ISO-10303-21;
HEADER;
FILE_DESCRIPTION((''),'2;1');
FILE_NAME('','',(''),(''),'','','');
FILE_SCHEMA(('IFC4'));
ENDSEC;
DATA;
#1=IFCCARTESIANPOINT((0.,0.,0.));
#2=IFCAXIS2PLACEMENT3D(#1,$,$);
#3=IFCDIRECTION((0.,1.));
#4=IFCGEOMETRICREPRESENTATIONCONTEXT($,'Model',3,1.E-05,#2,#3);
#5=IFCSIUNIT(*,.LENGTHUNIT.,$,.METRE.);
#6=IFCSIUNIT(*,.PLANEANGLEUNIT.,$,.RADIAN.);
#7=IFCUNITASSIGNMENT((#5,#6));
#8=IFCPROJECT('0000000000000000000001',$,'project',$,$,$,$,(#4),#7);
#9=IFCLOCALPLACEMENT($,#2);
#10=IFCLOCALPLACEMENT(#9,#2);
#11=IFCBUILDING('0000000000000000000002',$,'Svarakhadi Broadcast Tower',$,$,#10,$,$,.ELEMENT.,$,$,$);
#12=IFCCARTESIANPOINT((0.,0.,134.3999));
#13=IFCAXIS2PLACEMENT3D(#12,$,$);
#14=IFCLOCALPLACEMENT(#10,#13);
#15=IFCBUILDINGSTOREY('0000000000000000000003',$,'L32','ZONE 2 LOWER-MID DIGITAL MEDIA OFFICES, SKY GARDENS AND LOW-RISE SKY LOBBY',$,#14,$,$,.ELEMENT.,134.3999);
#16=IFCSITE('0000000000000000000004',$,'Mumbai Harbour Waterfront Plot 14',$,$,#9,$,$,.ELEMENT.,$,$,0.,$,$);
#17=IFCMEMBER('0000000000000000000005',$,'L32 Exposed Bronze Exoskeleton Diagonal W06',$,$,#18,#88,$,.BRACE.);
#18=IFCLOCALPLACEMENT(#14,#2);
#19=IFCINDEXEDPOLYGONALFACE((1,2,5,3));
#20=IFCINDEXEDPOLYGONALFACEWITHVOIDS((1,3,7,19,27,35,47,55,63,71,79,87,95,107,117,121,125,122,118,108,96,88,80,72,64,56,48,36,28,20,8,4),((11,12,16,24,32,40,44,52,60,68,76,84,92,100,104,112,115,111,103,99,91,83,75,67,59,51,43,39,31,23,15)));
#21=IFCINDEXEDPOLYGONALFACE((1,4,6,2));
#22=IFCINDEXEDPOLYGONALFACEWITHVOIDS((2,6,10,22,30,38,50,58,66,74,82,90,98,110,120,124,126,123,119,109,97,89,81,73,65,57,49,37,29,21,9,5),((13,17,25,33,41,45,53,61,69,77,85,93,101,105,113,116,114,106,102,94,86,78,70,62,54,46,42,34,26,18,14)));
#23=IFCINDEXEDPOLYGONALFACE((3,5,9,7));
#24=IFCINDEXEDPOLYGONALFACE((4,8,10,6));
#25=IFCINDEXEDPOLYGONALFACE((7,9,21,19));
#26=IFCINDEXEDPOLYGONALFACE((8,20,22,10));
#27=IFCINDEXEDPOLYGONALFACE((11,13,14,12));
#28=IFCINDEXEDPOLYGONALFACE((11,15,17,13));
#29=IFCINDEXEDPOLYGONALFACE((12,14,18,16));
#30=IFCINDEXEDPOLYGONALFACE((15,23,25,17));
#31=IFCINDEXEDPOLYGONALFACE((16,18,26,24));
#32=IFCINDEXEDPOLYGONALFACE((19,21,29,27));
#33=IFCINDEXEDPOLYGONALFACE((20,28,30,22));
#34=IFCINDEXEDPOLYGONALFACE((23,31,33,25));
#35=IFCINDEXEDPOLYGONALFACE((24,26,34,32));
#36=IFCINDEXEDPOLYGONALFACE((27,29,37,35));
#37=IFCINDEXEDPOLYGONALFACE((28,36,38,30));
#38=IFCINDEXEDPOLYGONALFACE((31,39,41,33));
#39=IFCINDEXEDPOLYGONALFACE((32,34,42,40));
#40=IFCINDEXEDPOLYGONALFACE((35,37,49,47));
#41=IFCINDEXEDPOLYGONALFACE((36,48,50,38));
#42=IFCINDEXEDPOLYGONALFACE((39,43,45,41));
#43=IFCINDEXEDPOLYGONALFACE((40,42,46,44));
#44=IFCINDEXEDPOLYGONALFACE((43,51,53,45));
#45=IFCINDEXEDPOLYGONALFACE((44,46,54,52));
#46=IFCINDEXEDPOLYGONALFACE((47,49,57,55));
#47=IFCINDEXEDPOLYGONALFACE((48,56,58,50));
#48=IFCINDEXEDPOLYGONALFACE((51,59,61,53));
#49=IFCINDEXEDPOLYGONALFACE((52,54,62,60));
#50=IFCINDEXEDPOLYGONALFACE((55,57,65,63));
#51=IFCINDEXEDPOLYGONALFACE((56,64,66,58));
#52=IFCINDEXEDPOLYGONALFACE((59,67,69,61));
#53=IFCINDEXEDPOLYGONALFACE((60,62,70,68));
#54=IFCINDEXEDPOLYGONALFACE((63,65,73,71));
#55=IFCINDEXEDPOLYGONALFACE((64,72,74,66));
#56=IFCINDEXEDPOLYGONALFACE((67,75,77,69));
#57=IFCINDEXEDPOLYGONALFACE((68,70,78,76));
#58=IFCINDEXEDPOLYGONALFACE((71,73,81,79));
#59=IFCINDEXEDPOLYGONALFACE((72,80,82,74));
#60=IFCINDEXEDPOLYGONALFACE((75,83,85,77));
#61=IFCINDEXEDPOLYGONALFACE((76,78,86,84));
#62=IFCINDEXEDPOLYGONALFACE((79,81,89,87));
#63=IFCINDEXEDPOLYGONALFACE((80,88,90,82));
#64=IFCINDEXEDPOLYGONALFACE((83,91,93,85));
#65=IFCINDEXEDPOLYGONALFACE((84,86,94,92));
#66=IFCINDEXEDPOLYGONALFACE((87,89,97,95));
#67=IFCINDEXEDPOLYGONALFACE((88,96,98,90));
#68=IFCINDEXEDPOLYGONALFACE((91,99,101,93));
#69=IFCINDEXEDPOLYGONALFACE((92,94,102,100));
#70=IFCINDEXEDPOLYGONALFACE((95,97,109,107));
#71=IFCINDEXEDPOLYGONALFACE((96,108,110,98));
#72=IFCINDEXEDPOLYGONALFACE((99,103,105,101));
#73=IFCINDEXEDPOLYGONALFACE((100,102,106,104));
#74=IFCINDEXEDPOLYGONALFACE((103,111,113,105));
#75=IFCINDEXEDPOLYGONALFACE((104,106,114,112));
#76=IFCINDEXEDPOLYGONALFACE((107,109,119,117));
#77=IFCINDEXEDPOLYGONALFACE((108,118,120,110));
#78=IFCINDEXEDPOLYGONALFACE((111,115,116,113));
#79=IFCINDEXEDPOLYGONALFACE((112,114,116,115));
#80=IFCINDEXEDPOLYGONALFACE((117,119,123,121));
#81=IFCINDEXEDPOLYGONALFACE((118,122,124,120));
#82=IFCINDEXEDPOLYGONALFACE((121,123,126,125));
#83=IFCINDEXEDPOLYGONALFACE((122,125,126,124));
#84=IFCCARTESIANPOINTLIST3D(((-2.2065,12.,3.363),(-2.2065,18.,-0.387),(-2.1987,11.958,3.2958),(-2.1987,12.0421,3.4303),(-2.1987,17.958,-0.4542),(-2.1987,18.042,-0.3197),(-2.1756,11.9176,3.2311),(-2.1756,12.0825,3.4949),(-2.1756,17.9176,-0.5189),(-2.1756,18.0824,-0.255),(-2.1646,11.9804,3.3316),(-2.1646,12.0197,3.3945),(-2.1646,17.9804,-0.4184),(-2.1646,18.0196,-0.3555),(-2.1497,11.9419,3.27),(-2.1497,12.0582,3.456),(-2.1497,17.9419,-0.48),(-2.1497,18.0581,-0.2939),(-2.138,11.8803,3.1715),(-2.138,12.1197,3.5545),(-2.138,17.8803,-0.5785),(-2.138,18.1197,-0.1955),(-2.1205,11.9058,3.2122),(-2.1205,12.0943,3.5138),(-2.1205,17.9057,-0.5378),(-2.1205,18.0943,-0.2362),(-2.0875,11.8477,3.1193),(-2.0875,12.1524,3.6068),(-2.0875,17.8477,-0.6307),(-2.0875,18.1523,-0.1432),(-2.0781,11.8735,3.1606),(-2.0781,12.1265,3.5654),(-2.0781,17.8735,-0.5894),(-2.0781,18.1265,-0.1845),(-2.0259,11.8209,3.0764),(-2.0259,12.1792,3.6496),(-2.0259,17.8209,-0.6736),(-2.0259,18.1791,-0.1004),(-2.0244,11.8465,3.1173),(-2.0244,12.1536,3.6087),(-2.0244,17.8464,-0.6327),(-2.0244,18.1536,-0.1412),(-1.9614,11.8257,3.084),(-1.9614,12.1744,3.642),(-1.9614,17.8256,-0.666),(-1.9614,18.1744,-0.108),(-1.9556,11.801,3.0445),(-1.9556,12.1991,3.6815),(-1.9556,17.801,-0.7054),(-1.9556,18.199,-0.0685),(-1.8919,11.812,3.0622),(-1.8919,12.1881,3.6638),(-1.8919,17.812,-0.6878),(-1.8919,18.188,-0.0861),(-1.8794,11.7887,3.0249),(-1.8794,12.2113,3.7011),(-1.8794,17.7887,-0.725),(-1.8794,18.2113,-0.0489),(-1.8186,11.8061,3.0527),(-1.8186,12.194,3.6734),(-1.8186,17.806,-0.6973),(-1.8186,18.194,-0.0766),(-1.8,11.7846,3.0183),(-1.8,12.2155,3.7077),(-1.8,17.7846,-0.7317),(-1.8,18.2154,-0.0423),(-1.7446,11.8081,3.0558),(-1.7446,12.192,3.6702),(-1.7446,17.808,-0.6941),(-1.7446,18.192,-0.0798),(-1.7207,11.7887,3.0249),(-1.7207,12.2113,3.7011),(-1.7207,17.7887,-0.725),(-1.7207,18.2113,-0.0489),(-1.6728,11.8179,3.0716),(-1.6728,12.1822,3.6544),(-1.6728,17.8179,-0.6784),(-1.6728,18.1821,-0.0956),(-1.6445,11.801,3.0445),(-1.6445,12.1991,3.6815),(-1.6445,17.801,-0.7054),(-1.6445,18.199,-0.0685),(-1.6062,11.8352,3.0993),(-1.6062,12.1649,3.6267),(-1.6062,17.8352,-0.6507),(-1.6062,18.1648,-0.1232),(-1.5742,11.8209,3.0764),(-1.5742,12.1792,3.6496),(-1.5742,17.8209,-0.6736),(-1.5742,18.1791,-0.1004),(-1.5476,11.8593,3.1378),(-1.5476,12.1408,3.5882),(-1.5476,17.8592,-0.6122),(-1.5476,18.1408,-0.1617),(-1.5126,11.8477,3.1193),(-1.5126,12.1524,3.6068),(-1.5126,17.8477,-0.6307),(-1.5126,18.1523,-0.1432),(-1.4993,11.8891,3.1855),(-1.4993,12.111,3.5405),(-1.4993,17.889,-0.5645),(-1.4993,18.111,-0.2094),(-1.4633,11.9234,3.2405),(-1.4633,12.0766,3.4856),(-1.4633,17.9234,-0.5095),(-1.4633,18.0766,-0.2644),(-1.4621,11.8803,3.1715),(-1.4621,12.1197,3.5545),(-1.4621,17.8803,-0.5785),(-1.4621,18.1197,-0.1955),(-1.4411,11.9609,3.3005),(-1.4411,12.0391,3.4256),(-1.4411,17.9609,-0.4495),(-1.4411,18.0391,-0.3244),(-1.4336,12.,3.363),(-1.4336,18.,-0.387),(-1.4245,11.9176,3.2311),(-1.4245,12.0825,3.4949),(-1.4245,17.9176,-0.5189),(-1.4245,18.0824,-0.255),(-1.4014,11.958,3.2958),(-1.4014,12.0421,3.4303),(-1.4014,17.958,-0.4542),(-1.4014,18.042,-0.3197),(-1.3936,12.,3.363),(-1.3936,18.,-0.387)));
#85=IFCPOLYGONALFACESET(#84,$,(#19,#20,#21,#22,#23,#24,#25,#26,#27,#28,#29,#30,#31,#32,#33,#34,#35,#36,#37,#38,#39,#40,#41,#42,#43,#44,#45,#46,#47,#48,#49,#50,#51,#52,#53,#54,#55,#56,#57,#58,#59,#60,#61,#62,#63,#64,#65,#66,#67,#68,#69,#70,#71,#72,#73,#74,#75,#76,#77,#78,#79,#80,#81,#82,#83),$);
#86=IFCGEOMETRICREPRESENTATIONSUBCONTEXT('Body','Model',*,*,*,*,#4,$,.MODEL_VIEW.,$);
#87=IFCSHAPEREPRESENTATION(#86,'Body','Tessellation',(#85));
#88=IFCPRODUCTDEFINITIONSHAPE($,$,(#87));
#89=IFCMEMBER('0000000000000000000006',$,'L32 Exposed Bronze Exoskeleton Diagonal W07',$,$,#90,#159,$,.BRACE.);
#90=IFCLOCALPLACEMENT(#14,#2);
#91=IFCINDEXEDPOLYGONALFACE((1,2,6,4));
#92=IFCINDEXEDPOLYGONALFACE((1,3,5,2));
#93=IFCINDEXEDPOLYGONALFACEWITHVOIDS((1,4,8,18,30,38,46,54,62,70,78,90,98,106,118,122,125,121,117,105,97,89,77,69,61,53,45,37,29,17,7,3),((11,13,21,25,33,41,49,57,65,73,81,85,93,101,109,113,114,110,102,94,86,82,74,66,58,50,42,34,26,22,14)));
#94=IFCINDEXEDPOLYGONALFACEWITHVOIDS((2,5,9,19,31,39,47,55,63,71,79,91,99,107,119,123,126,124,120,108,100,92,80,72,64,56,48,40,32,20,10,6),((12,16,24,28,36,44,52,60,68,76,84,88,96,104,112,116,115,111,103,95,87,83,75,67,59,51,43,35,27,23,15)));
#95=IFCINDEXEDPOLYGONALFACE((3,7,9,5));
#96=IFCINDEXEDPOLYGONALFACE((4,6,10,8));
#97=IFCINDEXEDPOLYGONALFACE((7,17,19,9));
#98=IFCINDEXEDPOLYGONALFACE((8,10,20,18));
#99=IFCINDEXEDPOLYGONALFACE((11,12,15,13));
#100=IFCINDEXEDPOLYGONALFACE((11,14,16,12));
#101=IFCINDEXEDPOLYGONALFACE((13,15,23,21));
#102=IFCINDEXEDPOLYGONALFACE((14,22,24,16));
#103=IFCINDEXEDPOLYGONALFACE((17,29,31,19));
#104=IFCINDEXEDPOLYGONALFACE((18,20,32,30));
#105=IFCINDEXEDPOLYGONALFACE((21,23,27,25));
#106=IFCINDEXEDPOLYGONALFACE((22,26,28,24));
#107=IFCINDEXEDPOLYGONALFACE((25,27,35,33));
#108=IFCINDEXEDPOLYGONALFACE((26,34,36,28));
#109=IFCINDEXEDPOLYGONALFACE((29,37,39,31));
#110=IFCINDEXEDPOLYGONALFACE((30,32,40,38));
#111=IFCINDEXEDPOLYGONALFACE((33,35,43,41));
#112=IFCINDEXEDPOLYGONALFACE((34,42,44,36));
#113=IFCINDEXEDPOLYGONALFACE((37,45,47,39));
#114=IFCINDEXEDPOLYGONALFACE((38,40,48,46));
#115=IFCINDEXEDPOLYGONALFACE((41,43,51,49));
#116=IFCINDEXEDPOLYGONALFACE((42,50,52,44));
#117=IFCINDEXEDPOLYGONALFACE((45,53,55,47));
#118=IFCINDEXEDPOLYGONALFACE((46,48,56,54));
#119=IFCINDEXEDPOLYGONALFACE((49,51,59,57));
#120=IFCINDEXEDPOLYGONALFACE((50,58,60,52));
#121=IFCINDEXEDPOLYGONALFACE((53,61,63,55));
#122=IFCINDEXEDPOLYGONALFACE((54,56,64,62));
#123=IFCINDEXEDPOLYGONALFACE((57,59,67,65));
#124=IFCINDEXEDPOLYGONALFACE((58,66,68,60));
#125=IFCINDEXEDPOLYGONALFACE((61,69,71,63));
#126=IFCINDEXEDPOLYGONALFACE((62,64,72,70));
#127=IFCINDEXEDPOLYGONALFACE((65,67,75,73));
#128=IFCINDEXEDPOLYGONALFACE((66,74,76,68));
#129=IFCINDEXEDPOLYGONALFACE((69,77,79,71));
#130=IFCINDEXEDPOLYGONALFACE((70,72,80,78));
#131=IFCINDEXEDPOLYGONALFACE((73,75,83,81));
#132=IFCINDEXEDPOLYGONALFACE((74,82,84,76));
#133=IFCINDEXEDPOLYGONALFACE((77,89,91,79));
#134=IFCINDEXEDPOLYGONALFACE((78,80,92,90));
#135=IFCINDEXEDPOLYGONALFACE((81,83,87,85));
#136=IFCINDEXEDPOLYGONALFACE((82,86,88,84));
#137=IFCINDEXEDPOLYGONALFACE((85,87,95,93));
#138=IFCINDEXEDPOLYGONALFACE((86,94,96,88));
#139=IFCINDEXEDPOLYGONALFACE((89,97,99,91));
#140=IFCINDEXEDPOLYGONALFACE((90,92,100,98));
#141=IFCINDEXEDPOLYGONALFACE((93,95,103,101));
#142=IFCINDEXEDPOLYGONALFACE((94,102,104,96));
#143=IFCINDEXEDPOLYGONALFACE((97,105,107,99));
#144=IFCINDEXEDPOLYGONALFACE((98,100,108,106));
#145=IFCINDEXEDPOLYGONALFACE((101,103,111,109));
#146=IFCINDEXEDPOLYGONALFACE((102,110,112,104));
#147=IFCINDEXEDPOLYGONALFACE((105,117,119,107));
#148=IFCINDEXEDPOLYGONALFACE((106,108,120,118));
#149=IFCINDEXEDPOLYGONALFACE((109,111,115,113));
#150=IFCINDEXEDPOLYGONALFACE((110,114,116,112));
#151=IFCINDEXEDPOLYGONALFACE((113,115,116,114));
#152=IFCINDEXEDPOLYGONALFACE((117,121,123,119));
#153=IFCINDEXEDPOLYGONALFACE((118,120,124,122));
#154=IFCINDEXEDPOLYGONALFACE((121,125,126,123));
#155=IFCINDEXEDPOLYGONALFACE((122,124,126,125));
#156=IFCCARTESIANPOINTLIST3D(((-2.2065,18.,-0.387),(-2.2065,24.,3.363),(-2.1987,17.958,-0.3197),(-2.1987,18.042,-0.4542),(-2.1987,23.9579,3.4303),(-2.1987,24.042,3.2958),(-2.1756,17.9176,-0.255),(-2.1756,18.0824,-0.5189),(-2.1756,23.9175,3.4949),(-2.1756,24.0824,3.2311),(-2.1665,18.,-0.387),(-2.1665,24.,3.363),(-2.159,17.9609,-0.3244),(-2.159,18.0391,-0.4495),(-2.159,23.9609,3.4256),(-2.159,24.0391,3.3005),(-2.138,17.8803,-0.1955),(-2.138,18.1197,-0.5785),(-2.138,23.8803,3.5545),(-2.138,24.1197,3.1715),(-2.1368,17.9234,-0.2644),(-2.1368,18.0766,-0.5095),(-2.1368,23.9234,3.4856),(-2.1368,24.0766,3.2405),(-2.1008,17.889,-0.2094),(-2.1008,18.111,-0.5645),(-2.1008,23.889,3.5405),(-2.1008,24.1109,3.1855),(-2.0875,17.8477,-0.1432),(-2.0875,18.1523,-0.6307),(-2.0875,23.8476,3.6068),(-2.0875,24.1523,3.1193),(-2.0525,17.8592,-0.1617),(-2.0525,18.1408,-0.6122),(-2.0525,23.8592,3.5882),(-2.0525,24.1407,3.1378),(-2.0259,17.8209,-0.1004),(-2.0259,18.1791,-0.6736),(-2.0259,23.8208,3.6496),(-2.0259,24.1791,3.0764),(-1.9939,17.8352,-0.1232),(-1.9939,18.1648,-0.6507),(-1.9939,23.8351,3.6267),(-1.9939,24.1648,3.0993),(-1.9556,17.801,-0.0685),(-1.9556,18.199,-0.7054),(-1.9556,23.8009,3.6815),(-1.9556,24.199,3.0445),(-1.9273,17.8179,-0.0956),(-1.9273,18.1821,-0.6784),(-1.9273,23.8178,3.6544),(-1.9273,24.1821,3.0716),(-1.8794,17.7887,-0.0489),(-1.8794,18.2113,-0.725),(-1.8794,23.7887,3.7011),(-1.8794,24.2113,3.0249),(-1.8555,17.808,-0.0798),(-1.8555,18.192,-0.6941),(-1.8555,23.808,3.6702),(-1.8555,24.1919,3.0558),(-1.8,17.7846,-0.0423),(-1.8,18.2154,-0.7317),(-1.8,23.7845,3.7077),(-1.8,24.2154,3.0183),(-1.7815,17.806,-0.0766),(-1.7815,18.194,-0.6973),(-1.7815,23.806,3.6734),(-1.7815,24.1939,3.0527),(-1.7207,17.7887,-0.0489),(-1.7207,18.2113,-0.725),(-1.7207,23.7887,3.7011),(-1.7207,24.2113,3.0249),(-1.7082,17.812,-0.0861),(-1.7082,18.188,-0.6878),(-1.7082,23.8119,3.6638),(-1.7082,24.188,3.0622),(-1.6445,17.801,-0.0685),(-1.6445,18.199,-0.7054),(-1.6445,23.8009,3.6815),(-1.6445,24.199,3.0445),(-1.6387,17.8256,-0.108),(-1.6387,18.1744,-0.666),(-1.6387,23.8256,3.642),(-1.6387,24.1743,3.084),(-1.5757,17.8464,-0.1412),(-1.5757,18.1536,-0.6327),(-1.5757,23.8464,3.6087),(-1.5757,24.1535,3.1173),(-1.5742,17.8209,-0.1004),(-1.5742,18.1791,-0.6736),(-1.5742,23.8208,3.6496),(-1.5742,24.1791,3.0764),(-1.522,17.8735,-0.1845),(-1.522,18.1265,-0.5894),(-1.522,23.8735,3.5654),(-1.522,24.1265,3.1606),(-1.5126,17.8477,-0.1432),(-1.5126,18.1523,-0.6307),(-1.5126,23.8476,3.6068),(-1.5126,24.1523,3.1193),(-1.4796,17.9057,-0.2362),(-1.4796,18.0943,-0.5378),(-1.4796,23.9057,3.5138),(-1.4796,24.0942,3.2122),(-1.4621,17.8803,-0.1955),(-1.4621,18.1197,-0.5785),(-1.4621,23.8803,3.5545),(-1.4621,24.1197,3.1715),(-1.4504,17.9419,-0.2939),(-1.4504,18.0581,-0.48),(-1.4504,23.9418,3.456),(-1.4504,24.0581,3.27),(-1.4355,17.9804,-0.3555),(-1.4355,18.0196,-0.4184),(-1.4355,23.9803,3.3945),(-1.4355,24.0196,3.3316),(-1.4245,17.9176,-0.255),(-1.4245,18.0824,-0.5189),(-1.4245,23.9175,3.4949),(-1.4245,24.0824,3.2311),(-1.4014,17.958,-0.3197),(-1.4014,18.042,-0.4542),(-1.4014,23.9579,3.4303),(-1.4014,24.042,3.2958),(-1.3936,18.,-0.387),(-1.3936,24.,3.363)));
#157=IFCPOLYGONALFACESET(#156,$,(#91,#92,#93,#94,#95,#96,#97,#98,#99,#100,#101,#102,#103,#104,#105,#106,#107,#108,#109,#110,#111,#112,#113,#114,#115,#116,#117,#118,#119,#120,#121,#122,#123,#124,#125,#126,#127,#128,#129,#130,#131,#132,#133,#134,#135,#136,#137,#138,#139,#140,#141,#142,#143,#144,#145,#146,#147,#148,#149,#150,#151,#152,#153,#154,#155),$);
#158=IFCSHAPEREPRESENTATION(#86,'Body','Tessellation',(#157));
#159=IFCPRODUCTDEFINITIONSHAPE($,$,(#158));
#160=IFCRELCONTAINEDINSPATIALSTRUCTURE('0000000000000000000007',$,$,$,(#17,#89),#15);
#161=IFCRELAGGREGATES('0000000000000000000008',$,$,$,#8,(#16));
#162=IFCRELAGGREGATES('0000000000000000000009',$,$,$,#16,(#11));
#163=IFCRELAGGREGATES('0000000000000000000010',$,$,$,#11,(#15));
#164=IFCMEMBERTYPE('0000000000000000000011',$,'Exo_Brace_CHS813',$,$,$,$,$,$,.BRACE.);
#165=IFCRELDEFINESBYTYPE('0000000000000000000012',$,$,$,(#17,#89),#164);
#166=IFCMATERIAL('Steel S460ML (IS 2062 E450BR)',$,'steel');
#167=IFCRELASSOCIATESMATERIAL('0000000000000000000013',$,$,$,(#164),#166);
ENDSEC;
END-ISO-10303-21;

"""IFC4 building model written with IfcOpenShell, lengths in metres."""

from ifc_helpers import new_model, si_unit, direction, frame, origin, origin_2d, place, context, subcontext, project, spatial, hollow_circle, extrude, material, material_profile, profile_set, type_object, element, save


model = new_model("IFC4")

# Units and contexts
model_context = context("Model", 3, precision=1e-05, world=origin(), true_north=direction((0.0, 1.0)))
body_context = subcontext(model_context, "Body", "Model", "MODEL_VIEW")
ifc_project = project(units=[si_unit("LENGTHUNIT", "METRE"), si_unit("PLANEANGLEUNIT", "RADIAN")], contexts=[model_context])

# Site, building, storey
site_placement = place(None, origin())
site = spatial("IfcSite", under=ifc_project, at=site_placement, Name="Mumbai Harbour Waterfront Plot 14", CompositionType="ELEMENT", RefElevation=0.0)
building_placement = place(site_placement, origin())
building = spatial("IfcBuilding", under=site, at=building_placement, Name="Svarakhadi Broadcast Tower", CompositionType="ELEMENT")
storey_placement = place(building_placement, frame((0.0, 0.0, 134.3999)))
storey = spatial("IfcBuildingStorey", under=building, at=storey_placement, Name="L32", Description="ZONE 2 LOWER-MID DIGITAL MEDIA OFFICES, SKY GARDENS AND LOW-RISE SKY LOBBY", CompositionType="ELEMENT", Elevation=134.3999)

# Shared definitions
ifc_material_1 = material(Name="Steel S460ML (IS 2062 E450BR)", Category="steel")

# Members
ifc_material_profile_1 = material_profile(ifc_material_1, hollow_circle(Radius=0.4065, WallThickness=0.04, at=origin_2d()), Name="CHS 813x40")
ifc_profile_set_1 = profile_set([ifc_material_profile_1], Name="Steel S460ML (IS 2062 E450BR)")
member_type_1 = type_object("IfcMemberType", Name="Exo_Brace_CHS813", PredefinedType="BRACE", material=ifc_profile_set_1)
for number, where, z_axis, x_axis, name in (
    (1, (-1.8, 18.0, -0.387), (0.0, -0.847998, 0.529999), (1.0, 0.0, 0.0), "L32 Exposed Bronze Exoskeleton Diagonal W06"),
    (2, (-1.8, 18.0, -0.387), (0.0, 0.847998, 0.529999), (-1.0, 0.0, 0.0), "L32 Exposed Bronze Exoskeleton Diagonal W07"),
):
    element("IfcMember", number, at=place(storey_placement, frame(where, z_axis=z_axis, x_axis=x_axis)), inside=storey, type_object=member_type_1, Name=name, PredefinedType="BRACE", context=body_context, shape_type="SweptSolid", body=[
        extrude(hollow_circle(Radius=0.4065, WallThickness=0.04, at=origin_2d()), origin(), (0.0, 0.0, 1.0), 7.0754),
    ])

save(model, "model.ifc")
